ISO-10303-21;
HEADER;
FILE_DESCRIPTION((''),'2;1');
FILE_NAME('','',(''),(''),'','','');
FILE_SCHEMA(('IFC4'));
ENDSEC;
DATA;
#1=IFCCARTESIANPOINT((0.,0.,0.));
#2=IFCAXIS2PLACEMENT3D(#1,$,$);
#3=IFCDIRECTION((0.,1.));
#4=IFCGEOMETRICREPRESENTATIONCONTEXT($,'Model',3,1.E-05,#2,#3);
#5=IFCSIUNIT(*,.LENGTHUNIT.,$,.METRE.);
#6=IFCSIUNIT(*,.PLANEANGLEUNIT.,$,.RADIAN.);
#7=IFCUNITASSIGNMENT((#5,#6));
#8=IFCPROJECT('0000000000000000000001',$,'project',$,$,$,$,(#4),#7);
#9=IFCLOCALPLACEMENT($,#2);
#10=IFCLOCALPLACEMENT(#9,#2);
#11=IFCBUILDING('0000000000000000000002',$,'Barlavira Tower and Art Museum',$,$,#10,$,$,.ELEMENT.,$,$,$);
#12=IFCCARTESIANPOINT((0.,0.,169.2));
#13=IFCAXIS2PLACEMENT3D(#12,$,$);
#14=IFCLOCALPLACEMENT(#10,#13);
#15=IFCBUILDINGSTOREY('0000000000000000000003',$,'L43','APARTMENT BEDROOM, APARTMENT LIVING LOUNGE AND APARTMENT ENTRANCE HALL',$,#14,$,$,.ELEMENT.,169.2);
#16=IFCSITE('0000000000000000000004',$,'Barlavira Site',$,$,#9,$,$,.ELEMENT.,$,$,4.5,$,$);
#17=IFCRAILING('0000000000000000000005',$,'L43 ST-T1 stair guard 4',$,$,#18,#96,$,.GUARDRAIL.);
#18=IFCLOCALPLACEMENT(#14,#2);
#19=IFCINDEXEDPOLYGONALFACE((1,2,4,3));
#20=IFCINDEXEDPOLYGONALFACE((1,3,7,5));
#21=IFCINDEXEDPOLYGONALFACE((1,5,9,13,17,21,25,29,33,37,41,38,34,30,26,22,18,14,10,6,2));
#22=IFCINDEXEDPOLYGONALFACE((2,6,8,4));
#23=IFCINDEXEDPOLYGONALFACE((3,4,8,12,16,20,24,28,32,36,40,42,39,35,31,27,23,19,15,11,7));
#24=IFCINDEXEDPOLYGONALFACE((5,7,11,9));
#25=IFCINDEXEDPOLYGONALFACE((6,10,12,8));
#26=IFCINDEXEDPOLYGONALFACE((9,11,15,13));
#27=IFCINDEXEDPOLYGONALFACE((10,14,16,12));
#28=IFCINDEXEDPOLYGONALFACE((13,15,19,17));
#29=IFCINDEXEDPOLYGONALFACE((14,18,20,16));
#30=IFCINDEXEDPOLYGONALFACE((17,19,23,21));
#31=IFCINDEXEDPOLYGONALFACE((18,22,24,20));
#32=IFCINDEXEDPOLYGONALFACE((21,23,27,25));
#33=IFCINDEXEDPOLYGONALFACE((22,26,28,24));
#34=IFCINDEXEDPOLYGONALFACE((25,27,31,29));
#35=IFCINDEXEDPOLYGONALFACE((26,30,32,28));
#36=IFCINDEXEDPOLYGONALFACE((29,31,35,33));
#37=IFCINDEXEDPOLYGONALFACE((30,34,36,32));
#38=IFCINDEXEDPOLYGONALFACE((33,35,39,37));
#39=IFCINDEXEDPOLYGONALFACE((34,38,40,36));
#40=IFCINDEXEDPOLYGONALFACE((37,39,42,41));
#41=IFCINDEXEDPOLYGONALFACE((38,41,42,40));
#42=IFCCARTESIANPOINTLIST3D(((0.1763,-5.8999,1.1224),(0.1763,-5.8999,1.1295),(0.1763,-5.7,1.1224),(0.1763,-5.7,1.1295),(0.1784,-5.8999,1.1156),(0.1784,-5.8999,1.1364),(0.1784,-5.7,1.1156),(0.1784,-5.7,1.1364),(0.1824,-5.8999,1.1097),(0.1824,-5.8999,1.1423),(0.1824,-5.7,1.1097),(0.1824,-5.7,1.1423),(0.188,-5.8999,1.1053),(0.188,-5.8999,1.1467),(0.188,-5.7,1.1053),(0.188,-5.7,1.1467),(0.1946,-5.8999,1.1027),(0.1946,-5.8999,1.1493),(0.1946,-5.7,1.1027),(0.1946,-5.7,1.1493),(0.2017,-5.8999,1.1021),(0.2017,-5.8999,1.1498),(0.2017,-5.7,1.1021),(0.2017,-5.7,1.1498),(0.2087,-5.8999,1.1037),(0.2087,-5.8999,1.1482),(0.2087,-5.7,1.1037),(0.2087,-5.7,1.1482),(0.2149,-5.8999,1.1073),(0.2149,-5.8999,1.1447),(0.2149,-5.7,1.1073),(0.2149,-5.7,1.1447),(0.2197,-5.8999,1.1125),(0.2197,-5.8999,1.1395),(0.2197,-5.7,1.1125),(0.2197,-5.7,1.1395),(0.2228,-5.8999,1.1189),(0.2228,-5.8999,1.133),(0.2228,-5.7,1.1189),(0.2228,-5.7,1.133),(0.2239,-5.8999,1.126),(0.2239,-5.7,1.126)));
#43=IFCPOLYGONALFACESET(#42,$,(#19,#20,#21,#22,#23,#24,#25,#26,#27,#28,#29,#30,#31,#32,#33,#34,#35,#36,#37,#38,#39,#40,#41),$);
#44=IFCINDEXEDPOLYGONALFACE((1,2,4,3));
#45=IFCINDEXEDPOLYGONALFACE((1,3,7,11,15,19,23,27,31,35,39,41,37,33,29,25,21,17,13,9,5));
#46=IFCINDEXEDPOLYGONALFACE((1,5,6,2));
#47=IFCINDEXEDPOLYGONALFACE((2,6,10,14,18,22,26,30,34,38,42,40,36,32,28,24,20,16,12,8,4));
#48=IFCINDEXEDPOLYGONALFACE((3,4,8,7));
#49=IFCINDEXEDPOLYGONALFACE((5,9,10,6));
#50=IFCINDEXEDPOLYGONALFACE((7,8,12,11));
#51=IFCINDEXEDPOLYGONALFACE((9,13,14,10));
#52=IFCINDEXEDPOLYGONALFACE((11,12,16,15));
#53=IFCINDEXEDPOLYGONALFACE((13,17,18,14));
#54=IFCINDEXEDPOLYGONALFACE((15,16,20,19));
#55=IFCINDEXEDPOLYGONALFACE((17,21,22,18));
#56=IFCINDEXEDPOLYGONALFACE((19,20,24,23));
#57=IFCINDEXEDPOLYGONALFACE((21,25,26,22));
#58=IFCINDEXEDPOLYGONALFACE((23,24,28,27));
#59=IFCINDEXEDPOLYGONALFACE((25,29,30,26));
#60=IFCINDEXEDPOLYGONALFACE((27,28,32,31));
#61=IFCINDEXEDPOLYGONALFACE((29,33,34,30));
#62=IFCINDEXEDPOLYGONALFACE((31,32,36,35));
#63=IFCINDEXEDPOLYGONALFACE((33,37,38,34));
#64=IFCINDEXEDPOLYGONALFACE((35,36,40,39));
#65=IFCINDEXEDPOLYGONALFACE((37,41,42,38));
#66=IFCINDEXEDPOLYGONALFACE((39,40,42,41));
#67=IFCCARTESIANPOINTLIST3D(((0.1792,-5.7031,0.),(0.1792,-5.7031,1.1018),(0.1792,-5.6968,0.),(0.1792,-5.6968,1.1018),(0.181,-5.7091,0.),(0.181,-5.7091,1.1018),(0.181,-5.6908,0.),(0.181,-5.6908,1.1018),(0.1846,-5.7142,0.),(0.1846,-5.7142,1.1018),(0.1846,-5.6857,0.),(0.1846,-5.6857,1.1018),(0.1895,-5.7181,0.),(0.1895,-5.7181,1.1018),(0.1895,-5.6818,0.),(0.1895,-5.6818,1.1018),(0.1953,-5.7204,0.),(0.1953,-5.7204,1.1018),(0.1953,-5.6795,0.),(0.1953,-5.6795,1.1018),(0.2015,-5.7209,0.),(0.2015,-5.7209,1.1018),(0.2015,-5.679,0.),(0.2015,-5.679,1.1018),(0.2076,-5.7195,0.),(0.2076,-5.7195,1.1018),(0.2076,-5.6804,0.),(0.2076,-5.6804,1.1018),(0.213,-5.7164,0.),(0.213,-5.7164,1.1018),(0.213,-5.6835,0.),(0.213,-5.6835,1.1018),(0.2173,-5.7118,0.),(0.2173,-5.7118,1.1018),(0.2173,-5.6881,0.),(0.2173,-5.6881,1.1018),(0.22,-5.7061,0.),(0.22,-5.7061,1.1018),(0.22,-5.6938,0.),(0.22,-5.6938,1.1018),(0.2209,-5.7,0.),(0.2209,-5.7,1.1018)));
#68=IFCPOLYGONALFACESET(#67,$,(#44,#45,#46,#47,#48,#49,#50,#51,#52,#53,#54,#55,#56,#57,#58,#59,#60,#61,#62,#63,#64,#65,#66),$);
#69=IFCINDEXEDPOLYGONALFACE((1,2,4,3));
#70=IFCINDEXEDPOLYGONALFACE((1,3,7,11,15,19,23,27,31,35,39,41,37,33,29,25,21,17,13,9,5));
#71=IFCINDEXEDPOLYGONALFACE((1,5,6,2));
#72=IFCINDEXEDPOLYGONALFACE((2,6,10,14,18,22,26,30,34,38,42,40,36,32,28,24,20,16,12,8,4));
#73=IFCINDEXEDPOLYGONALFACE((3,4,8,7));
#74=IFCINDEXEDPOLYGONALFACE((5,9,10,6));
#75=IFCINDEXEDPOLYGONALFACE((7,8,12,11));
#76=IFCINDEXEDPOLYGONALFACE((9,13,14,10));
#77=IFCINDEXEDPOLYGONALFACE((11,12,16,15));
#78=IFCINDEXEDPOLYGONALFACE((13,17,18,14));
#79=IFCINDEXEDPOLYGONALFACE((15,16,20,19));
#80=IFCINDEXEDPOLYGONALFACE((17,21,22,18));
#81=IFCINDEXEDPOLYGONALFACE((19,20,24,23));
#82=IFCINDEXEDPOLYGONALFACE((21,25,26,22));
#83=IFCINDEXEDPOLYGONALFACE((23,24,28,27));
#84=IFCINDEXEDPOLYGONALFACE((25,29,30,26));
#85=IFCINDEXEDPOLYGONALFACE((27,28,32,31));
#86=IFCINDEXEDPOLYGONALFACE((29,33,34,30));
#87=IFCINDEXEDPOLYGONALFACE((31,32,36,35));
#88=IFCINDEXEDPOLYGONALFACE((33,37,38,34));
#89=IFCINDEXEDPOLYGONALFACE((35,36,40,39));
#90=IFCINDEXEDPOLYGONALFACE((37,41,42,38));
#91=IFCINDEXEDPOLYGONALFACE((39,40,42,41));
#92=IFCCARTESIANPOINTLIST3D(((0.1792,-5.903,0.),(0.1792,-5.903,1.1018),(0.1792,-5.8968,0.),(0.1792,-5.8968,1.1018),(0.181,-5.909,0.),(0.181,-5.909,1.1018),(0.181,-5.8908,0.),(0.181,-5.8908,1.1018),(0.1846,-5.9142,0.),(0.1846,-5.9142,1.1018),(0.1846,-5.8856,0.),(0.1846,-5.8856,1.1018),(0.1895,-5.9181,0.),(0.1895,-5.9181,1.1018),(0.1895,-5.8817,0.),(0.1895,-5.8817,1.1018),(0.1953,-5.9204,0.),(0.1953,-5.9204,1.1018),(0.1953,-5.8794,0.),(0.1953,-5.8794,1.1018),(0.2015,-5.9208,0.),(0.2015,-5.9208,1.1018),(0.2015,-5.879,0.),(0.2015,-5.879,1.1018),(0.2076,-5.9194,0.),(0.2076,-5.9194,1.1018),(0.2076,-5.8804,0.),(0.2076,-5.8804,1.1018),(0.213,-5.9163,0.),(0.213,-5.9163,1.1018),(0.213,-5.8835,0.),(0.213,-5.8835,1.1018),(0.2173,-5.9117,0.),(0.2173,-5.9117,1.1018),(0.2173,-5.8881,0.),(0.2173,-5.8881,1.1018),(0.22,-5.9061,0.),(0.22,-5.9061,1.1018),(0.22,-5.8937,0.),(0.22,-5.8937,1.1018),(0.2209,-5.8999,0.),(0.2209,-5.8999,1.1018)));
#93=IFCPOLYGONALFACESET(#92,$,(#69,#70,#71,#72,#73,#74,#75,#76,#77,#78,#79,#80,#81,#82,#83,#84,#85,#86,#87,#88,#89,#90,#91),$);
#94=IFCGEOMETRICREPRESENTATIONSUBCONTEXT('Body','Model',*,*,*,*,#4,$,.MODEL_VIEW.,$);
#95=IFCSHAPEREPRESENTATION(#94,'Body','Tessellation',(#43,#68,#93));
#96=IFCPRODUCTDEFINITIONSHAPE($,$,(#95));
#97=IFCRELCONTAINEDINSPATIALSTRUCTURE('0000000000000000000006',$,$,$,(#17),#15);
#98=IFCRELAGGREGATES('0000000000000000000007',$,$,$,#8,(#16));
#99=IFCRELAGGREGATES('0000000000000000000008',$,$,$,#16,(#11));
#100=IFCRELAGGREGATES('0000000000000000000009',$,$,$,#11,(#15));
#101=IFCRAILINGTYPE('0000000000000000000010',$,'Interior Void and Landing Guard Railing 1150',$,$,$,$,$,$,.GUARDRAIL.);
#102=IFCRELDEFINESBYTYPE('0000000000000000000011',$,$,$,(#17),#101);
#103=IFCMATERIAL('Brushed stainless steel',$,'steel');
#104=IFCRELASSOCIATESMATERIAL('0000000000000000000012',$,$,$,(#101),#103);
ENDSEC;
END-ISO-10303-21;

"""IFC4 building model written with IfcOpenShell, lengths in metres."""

from ifc_helpers import new_model, si_unit, direction, frame, origin, origin_2d, place, context, subcontext, project, spatial, circle, extrude, material, type_object, element, save


model = new_model("IFC4")

# Units and contexts
model_context = context("Model", 3, precision=1e-05, world=origin(), true_north=direction((0.0, 1.0)))
body_context = subcontext(model_context, "Body", "Model", "MODEL_VIEW")
ifc_project = project(units=[si_unit("LENGTHUNIT", "METRE"), si_unit("PLANEANGLEUNIT", "RADIAN")], contexts=[model_context])

# Site, building, storey
site_placement = place(None, origin())
site = spatial("IfcSite", under=ifc_project, at=site_placement, Name="Barlavira Site", CompositionType="ELEMENT", RefElevation=4.5)
building_placement = place(site_placement, origin())
building = spatial("IfcBuilding", under=site, at=building_placement, Name="Barlavira Tower and Art Museum", CompositionType="ELEMENT")
storey_placement = place(building_placement, frame((0.0, 0.0, 169.2)))
storey = spatial("IfcBuildingStorey", under=building, at=storey_placement, Name="L43", Description="APARTMENT BEDROOM, APARTMENT LIVING LOUNGE AND APARTMENT ENTRANCE HALL", CompositionType="ELEMENT", Elevation=169.2)

# Shared definitions
ifc_material_1 = material(Name="Brushed stainless steel", Category="steel")

# Railing
railing_type_1 = type_object("IfcRailingType", Name="Interior Void and Landing Guard Railing 1150", PredefinedType="GUARDRAIL", material=ifc_material_1)
railing_1_placement = place(storey_placement, frame((0.2, -5.7, 0.0)))
element("IfcRailing", 1, at=railing_1_placement, inside=storey, type_object=railing_type_1, Name="L43 ST-T1 stair guard 4", PredefinedType="GUARDRAIL", context=body_context, shape_type="SweptSolid", body=[
    extrude(circle(Radius=0.0239, at=origin_2d()), frame((0.0, 0.0, 1.126), z_axis=(0.0, -1.0, 0.0), x_axis=(1.0, 0.0, 0.0)), (0.0, 0.0, 1.0), 0.2),
    extrude(circle(Radius=0.021, at=origin_2d()), origin(), (0.0, 0.0, 1.0), 1.1018),
    extrude(circle(Radius=0.021, at=origin_2d()), frame((0.0, -0.2, 0.0)), (0.0, 0.0, 1.0), 1.1018),
])

save(model, "model.ifc")
